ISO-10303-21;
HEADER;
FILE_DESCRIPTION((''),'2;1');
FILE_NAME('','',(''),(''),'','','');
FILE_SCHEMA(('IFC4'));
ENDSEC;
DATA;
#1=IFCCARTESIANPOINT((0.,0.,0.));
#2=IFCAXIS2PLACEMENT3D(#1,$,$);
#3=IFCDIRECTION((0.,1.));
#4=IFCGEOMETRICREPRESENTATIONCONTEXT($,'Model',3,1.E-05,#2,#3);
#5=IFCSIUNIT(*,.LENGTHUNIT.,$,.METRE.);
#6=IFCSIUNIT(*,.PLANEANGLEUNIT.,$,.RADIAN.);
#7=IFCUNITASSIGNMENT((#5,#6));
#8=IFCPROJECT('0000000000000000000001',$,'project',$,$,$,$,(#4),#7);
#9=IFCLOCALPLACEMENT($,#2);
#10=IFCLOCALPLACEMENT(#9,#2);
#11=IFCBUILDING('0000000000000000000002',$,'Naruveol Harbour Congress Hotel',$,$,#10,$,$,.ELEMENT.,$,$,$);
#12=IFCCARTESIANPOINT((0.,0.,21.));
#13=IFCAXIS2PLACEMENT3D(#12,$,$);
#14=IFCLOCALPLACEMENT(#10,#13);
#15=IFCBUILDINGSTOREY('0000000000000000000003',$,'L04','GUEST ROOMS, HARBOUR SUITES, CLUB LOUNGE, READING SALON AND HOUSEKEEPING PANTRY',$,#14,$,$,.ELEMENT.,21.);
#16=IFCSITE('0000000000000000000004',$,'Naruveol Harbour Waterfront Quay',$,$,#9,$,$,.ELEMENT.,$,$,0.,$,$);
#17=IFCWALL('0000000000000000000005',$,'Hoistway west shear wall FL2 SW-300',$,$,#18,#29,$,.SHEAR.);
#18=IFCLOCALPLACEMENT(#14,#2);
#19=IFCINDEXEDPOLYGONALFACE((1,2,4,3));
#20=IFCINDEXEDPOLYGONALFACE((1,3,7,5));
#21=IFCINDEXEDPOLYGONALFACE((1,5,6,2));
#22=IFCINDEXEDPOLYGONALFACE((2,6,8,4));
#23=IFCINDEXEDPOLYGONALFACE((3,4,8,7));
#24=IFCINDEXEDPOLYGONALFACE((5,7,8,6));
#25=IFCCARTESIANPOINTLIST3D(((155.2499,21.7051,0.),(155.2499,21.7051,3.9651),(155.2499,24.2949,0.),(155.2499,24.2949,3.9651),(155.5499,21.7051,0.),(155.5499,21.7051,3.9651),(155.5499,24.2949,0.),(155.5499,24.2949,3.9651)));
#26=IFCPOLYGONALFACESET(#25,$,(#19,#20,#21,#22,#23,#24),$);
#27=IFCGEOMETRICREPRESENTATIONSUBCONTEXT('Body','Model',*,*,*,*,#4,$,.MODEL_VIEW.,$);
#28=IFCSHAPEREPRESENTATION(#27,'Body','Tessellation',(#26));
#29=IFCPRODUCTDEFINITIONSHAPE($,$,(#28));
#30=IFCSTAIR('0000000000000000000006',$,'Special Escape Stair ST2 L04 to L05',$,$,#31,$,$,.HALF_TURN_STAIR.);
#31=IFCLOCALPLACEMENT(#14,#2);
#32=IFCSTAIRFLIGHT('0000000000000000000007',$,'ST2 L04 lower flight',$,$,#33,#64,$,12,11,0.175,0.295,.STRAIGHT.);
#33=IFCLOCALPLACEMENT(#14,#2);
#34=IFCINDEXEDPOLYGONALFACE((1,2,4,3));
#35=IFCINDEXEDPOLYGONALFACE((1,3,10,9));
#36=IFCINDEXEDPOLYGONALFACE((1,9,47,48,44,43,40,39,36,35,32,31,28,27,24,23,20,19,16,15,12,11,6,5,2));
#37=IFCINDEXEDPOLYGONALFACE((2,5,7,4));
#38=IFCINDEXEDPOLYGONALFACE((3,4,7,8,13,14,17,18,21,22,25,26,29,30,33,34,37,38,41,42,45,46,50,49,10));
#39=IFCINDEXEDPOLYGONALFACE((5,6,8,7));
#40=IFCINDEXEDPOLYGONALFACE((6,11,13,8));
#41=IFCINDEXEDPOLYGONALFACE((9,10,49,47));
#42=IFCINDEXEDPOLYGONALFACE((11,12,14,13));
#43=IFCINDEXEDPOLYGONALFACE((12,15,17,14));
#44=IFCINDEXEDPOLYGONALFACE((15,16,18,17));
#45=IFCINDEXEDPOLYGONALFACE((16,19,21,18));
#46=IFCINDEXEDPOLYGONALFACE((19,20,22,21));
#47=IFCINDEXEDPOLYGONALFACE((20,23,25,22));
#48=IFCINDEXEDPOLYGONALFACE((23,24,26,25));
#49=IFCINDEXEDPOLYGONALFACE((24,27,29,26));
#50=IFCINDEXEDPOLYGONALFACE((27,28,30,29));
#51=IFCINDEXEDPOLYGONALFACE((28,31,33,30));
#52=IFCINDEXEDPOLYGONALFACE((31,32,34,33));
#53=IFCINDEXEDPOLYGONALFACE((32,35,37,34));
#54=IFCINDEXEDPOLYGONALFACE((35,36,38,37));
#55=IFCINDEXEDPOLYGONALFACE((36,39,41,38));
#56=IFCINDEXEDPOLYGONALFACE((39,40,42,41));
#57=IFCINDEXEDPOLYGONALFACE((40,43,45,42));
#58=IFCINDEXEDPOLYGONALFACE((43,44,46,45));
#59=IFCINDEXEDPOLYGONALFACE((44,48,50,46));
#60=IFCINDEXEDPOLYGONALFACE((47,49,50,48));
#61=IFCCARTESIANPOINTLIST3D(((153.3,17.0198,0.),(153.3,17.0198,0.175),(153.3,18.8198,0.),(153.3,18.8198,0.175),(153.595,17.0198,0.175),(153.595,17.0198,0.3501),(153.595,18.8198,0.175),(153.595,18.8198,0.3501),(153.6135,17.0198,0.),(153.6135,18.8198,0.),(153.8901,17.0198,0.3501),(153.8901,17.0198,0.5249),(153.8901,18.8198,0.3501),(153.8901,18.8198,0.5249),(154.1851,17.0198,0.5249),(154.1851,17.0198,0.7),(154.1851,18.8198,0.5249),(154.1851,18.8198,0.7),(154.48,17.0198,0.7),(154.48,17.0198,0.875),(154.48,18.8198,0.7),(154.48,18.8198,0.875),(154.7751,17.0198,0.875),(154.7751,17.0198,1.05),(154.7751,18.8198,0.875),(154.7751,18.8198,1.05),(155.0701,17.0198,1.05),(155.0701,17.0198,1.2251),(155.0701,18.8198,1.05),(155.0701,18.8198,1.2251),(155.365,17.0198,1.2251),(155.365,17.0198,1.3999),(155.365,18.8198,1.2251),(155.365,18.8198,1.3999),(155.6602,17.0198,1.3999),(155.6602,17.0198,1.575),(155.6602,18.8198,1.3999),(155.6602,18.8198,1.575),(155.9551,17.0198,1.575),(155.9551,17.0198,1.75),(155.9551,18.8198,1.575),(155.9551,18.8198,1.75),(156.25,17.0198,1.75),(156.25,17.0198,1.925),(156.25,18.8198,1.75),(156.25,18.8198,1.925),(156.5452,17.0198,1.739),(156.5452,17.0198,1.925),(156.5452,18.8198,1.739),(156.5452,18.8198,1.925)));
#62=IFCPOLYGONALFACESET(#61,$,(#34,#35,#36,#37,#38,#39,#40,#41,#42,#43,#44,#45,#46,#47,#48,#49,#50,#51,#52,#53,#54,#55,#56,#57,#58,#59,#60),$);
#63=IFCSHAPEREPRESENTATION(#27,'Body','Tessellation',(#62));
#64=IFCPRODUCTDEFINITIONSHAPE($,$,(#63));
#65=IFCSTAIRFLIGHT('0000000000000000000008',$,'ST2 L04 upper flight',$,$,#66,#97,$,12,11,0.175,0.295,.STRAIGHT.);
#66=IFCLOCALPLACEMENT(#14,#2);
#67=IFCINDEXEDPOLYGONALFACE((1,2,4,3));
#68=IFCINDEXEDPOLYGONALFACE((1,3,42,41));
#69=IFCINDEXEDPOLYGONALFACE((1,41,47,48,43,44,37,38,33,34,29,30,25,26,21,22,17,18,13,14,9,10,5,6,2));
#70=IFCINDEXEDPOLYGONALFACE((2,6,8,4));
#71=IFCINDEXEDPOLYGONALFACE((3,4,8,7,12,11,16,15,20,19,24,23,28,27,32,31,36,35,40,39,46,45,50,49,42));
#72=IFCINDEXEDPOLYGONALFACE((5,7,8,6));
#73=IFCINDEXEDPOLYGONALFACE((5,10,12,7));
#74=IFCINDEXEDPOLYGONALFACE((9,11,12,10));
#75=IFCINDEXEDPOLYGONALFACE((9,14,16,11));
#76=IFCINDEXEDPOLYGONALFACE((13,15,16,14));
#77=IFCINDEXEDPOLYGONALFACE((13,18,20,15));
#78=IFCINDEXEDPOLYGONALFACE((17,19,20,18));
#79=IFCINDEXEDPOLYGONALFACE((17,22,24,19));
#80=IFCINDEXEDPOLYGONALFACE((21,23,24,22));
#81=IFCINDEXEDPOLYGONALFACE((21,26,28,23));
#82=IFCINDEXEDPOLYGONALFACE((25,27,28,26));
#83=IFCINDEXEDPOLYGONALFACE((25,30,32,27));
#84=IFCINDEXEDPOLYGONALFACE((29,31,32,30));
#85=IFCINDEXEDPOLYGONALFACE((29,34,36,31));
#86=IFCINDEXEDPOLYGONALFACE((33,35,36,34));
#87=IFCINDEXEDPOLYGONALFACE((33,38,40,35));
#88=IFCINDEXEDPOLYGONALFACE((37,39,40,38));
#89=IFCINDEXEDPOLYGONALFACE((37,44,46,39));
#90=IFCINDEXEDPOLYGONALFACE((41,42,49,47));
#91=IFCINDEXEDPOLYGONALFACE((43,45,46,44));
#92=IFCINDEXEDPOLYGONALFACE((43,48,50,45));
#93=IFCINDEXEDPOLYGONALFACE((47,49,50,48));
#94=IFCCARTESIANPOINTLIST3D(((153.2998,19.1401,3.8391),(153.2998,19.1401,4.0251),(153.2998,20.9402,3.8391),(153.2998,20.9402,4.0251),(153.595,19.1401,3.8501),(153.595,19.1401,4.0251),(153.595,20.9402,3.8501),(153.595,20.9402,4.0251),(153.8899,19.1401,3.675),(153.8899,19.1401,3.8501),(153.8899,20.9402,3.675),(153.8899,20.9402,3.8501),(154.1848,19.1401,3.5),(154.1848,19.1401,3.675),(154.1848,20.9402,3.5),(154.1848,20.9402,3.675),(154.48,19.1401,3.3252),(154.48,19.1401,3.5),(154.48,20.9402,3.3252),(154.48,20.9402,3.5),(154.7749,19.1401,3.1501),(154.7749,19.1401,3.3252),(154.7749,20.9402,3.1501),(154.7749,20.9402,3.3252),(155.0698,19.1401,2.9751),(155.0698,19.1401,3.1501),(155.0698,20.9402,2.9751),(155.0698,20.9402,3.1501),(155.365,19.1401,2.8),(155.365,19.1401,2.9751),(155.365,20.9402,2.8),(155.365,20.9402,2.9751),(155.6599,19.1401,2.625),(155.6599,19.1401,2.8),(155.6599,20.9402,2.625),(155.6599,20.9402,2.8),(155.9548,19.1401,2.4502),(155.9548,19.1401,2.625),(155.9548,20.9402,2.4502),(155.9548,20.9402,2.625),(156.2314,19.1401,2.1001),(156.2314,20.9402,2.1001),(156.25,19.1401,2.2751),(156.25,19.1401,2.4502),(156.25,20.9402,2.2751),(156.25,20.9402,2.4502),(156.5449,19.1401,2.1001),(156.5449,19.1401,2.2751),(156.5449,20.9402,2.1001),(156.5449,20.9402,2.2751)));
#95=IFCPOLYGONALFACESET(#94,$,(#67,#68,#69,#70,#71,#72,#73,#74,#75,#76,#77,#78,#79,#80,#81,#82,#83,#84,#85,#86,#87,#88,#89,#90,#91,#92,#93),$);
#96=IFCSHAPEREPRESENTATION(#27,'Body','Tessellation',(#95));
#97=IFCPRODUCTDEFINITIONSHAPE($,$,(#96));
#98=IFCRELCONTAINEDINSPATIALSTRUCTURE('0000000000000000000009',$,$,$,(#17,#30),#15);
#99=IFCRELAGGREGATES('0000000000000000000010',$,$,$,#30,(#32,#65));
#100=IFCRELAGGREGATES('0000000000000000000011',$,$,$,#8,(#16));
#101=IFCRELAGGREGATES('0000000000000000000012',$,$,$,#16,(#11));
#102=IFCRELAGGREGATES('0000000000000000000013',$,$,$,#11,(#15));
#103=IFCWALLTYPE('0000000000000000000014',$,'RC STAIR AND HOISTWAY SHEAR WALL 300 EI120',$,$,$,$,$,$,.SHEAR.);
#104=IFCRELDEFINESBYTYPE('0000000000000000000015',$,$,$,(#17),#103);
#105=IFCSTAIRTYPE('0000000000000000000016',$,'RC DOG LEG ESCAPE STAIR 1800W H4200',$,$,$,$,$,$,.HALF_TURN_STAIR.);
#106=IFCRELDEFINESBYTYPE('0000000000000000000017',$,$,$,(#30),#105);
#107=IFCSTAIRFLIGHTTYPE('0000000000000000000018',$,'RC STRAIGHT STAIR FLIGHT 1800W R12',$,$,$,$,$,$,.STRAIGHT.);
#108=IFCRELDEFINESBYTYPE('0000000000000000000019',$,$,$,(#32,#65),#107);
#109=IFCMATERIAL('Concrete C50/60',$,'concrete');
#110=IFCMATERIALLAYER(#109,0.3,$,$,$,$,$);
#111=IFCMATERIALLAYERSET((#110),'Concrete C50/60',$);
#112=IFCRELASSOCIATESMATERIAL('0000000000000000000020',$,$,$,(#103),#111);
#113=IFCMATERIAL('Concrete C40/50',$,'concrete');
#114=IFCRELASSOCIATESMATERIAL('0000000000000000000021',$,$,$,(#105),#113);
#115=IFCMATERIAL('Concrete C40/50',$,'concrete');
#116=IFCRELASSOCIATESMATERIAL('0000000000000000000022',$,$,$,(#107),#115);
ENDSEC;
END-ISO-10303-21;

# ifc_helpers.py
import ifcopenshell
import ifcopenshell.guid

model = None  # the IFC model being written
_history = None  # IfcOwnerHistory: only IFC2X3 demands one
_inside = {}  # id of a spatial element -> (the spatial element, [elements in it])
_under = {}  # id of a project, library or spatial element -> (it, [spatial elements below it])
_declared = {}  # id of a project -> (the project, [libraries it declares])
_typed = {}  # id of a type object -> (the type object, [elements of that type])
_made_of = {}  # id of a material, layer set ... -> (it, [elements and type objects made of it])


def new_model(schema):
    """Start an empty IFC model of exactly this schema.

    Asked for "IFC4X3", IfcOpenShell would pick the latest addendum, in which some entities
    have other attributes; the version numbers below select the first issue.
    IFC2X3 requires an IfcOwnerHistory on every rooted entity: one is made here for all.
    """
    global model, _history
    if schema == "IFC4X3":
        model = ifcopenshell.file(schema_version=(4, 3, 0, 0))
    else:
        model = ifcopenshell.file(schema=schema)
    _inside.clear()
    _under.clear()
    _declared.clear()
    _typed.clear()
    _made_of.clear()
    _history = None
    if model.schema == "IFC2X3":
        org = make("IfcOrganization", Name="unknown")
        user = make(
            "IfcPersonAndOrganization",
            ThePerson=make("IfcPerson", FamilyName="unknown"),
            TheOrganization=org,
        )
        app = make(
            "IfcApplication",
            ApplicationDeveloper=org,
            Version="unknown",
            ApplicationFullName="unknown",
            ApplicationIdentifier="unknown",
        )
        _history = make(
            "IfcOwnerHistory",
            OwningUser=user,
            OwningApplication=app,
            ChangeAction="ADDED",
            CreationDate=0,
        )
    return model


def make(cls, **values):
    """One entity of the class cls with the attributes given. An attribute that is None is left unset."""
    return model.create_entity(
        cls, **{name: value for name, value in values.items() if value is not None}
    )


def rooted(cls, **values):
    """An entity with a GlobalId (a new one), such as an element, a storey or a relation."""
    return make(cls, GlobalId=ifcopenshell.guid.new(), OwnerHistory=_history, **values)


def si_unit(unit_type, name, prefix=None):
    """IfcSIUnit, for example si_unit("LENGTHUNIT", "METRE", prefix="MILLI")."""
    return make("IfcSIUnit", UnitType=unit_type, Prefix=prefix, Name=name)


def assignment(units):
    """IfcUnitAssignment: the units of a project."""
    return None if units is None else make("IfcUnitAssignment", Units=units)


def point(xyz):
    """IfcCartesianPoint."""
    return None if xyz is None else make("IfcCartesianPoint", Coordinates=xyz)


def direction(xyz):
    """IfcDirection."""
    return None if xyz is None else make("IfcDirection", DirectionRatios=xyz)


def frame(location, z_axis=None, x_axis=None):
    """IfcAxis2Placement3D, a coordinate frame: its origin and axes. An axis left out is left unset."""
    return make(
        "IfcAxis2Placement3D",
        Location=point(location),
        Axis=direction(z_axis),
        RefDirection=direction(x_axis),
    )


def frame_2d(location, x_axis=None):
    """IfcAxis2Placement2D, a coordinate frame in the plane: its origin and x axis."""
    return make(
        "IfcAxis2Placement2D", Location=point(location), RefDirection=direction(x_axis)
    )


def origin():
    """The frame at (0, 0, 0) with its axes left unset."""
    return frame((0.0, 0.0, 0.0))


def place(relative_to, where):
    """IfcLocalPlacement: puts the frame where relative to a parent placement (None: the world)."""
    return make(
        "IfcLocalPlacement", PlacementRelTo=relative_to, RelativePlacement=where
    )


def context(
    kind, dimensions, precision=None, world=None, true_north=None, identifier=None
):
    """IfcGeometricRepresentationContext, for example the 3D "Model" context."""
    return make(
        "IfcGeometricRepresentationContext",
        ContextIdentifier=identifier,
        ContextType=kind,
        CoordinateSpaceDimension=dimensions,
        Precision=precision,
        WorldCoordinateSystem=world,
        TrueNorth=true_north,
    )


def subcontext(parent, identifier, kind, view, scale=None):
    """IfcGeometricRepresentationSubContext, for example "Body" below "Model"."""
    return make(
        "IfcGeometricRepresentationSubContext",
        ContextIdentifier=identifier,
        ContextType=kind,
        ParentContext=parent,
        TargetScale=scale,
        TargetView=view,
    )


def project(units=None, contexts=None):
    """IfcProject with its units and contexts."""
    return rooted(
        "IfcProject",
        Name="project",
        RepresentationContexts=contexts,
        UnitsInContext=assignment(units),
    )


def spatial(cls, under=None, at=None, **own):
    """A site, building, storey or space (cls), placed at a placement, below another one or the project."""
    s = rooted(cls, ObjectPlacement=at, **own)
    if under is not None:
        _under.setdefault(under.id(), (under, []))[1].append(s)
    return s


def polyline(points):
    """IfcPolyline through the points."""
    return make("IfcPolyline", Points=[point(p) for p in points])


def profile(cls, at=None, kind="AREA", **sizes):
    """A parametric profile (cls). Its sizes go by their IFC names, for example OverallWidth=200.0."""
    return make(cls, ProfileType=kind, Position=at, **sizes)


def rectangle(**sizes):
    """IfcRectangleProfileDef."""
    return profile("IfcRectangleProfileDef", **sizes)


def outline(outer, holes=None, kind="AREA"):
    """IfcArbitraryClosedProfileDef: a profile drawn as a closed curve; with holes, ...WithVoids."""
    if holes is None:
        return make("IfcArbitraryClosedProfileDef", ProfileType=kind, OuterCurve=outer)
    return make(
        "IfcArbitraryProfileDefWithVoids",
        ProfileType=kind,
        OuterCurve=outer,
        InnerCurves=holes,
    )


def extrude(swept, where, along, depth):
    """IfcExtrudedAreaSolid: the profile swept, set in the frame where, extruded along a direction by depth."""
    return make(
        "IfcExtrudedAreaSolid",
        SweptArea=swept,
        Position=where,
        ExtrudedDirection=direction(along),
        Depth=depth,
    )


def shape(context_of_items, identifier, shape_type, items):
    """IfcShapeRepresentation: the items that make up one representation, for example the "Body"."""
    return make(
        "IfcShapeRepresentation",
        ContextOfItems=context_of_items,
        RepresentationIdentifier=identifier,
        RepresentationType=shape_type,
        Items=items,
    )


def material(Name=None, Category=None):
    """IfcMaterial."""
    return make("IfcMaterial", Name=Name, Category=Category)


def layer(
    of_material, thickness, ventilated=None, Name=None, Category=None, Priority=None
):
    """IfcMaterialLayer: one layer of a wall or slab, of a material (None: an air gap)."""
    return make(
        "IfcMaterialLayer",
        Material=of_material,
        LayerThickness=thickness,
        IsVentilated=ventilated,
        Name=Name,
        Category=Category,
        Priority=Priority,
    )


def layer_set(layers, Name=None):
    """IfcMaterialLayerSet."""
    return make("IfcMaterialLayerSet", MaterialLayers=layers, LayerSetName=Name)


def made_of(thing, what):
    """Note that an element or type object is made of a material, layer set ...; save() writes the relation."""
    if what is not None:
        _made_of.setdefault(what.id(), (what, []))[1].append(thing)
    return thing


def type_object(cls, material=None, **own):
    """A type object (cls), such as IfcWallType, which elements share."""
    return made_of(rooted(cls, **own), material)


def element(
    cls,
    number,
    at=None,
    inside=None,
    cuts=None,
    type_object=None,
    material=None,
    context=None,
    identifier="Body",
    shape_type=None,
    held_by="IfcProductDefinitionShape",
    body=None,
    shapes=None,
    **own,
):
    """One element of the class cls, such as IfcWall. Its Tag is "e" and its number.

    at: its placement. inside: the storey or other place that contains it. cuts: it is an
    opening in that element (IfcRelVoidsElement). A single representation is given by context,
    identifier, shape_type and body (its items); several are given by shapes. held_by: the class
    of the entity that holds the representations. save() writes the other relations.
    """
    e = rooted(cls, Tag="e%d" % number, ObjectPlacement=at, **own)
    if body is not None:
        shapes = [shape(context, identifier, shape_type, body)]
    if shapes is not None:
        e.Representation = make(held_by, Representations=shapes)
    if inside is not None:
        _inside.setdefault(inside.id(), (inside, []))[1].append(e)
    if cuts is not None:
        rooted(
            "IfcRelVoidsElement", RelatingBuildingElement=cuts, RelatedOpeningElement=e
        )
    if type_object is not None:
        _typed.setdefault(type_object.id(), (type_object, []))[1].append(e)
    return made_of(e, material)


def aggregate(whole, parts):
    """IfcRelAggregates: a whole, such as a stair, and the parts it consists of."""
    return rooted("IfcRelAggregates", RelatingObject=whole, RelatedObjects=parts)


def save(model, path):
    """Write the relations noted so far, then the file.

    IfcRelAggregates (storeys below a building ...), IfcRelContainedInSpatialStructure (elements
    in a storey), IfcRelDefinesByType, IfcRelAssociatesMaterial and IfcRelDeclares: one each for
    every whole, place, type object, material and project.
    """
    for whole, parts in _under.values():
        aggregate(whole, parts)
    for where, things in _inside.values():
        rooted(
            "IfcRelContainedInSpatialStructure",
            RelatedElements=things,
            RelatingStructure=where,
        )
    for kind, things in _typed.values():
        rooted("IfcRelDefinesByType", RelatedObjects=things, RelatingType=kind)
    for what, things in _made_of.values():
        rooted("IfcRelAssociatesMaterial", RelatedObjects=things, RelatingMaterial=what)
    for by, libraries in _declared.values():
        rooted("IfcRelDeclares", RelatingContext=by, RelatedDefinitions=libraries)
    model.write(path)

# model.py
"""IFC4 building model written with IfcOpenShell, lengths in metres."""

from ifc_helpers import new_model, si_unit, direction, frame, frame_2d, origin, place, context, subcontext, project, spatial, polyline, rectangle, outline, extrude, material, layer, layer_set, type_object, element, aggregate, save


model = new_model("IFC4")

# Units and contexts
model_context = context("Model", 3, precision=1e-05, world=origin(), true_north=direction((0.0, 1.0)))
body_context = subcontext(model_context, "Body", "Model", "MODEL_VIEW")
ifc_project = project(units=[si_unit("LENGTHUNIT", "METRE"), si_unit("PLANEANGLEUNIT", "RADIAN")], contexts=[model_context])

# Site, building, storey
site_placement = place(None, origin())
site = spatial("IfcSite", under=ifc_project, at=site_placement, Name="Naruveol Harbour Waterfront Quay", CompositionType="ELEMENT", RefElevation=0.0)
building_placement = place(site_placement, origin())
building = spatial("IfcBuilding", under=site, at=building_placement, Name="Naruveol Harbour Congress Hotel", CompositionType="ELEMENT")
storey_placement = place(building_placement, frame((0.0, 0.0, 21.0)))
storey = spatial("IfcBuildingStorey", under=building, at=storey_placement, Name="L04", Description="GUEST ROOMS, HARBOUR SUITES, CLUB LOUNGE, READING SALON AND HOUSEKEEPING PANTRY", CompositionType="ELEMENT", Elevation=21.0)

# Shared definitions
ifc_material_1 = material(Name="Concrete C50/60", Category="concrete")
ifc_layer_1 = layer(ifc_material_1, 0.3)
ifc_layer_set_1 = layer_set([ifc_layer_1], Name="Concrete C50/60")
wall_type_1 = type_object("IfcWallType", Name="RC STAIR AND HOISTWAY SHEAR WALL 300 EI120", PredefinedType="SHEAR", material=ifc_layer_set_1)

# Wall
wall_1_placement = place(storey_placement, frame((155.3999, 24.2949, 0.0), z_axis=(0.0, 0.0, 1.0), x_axis=(0.0, -1.0, 0.0)))
element("IfcWall", 1, at=wall_1_placement, inside=storey, type_object=wall_type_1, Name="Hoistway west shear wall FL2 SW-300", PredefinedType="SHEAR", context=body_context, shape_type="SweptSolid", body=[
    extrude(rectangle(XDim=2.5898, YDim=0.3, at=frame_2d((1.2949, 0.0))), origin(), (0.0, 0.0, 1.0), 3.9651),
])

# Stair, stair flights
ifc_material_2 = material(Name="Concrete C40/50", Category="concrete")
stair_type = type_object("IfcStairType", Name="RC DOG LEG ESCAPE STAIR 1800W H4200", PredefinedType="HALF_TURN_STAIR", material=ifc_material_2)
stair_placement = place(storey_placement, origin())
stair = element("IfcStair", 2, at=stair_placement, inside=storey, type_object=stair_type, Name="Special Escape Stair ST2 L04 to L05", PredefinedType="HALF_TURN_STAIR")
ifc_material_3 = material(Name="Concrete C40/50", Category="concrete")
stair_flight_type = type_object("IfcStairFlightType", Name="RC STRAIGHT STAIR FLIGHT 1800W R12", PredefinedType="STRAIGHT", material=ifc_material_3)
stair_flight_1_placement = place(storey_placement, frame((153.3, 17.9199, 0.0), z_axis=(0.0, 0.0, 1.0), x_axis=(1.0, 0.0, 0.0)))
stair_flight_1 = element("IfcStairFlight", 3, at=stair_flight_1_placement, type_object=stair_flight_type, Name="ST2 L04 lower flight", NumberOfRisers=12, NumberOfTreads=11, PredefinedType="STRAIGHT", RiserHeight=0.175, TreadLength=0.295, context=body_context, shape_type="SweptSolid", body=[
    extrude(outline(polyline([(0.0, 0.0), (0.0, 0.175), (0.2949, 0.175), (0.2949, 0.3501), (0.5901, 0.3501), (0.5901, 0.5249), (0.885, 0.5249), (0.885, 0.7), (1.1799, 0.7), (1.1799, 0.875), (1.4751, 0.875), (1.4751, 1.05), (1.77, 1.05), (1.77, 1.2251), (2.0649, 1.2251), (2.0649, 1.3999), (2.3601, 1.3999), (2.3601, 1.575), (2.655, 1.575), (2.655, 1.75), (2.95, 1.75), (2.95, 1.925), (3.2451, 1.925), (3.2451, 2.1001), (3.2451, 1.739), (0.3135, 0.0), (0.0, 0.0)])), frame((0.0, 0.8999, 0.0), z_axis=(0.0, -1.0, 0.0), x_axis=(1.0, 0.0, 0.0)), (0.0, 0.0, 1.0), 1.8),
])
stair_flight_2_placement = place(storey_placement, frame((156.5449, 20.04, 2.1001), z_axis=(0.0, 0.0, 1.0), x_axis=(-1.0, 0.0, 0.0)))
stair_flight_2 = element("IfcStairFlight", 4, at=stair_flight_2_placement, type_object=stair_flight_type, Name="ST2 L04 upper flight", NumberOfRisers=12, NumberOfTreads=11, PredefinedType="STRAIGHT", RiserHeight=0.175, TreadLength=0.295, context=body_context, shape_type="SweptSolid", body=[
    extrude(outline(polyline([(0.0, 0.0), (0.0, 0.175), (0.2949, 0.175), (0.2949, 0.3501), (0.5901, 0.3501), (0.5901, 0.5249), (0.885, 0.5249), (0.885, 0.7), (1.1799, 0.7), (1.1799, 0.875), (1.4751, 0.875), (1.4751, 1.05), (1.77, 1.05), (1.77, 1.2251), (2.0649, 1.2251), (2.0649, 1.3999), (2.3601, 1.3999), (2.3601, 1.575), (2.655, 1.575), (2.655, 1.75), (2.95, 1.75), (2.95, 1.925), (3.2451, 1.925), (3.2451, 2.1001), (3.2451, 1.739), (0.3135, 0.0), (0.0, 0.0)])), frame((0.0, 0.8999, 0.0), z_axis=(0.0, -1.0, 0.0), x_axis=(1.0, 0.0, 0.0)), (0.0, 0.0, 1.0), 1.8),
])
aggregate(stair, [stair_flight_1, stair_flight_2])

save(model, "model.ifc")
